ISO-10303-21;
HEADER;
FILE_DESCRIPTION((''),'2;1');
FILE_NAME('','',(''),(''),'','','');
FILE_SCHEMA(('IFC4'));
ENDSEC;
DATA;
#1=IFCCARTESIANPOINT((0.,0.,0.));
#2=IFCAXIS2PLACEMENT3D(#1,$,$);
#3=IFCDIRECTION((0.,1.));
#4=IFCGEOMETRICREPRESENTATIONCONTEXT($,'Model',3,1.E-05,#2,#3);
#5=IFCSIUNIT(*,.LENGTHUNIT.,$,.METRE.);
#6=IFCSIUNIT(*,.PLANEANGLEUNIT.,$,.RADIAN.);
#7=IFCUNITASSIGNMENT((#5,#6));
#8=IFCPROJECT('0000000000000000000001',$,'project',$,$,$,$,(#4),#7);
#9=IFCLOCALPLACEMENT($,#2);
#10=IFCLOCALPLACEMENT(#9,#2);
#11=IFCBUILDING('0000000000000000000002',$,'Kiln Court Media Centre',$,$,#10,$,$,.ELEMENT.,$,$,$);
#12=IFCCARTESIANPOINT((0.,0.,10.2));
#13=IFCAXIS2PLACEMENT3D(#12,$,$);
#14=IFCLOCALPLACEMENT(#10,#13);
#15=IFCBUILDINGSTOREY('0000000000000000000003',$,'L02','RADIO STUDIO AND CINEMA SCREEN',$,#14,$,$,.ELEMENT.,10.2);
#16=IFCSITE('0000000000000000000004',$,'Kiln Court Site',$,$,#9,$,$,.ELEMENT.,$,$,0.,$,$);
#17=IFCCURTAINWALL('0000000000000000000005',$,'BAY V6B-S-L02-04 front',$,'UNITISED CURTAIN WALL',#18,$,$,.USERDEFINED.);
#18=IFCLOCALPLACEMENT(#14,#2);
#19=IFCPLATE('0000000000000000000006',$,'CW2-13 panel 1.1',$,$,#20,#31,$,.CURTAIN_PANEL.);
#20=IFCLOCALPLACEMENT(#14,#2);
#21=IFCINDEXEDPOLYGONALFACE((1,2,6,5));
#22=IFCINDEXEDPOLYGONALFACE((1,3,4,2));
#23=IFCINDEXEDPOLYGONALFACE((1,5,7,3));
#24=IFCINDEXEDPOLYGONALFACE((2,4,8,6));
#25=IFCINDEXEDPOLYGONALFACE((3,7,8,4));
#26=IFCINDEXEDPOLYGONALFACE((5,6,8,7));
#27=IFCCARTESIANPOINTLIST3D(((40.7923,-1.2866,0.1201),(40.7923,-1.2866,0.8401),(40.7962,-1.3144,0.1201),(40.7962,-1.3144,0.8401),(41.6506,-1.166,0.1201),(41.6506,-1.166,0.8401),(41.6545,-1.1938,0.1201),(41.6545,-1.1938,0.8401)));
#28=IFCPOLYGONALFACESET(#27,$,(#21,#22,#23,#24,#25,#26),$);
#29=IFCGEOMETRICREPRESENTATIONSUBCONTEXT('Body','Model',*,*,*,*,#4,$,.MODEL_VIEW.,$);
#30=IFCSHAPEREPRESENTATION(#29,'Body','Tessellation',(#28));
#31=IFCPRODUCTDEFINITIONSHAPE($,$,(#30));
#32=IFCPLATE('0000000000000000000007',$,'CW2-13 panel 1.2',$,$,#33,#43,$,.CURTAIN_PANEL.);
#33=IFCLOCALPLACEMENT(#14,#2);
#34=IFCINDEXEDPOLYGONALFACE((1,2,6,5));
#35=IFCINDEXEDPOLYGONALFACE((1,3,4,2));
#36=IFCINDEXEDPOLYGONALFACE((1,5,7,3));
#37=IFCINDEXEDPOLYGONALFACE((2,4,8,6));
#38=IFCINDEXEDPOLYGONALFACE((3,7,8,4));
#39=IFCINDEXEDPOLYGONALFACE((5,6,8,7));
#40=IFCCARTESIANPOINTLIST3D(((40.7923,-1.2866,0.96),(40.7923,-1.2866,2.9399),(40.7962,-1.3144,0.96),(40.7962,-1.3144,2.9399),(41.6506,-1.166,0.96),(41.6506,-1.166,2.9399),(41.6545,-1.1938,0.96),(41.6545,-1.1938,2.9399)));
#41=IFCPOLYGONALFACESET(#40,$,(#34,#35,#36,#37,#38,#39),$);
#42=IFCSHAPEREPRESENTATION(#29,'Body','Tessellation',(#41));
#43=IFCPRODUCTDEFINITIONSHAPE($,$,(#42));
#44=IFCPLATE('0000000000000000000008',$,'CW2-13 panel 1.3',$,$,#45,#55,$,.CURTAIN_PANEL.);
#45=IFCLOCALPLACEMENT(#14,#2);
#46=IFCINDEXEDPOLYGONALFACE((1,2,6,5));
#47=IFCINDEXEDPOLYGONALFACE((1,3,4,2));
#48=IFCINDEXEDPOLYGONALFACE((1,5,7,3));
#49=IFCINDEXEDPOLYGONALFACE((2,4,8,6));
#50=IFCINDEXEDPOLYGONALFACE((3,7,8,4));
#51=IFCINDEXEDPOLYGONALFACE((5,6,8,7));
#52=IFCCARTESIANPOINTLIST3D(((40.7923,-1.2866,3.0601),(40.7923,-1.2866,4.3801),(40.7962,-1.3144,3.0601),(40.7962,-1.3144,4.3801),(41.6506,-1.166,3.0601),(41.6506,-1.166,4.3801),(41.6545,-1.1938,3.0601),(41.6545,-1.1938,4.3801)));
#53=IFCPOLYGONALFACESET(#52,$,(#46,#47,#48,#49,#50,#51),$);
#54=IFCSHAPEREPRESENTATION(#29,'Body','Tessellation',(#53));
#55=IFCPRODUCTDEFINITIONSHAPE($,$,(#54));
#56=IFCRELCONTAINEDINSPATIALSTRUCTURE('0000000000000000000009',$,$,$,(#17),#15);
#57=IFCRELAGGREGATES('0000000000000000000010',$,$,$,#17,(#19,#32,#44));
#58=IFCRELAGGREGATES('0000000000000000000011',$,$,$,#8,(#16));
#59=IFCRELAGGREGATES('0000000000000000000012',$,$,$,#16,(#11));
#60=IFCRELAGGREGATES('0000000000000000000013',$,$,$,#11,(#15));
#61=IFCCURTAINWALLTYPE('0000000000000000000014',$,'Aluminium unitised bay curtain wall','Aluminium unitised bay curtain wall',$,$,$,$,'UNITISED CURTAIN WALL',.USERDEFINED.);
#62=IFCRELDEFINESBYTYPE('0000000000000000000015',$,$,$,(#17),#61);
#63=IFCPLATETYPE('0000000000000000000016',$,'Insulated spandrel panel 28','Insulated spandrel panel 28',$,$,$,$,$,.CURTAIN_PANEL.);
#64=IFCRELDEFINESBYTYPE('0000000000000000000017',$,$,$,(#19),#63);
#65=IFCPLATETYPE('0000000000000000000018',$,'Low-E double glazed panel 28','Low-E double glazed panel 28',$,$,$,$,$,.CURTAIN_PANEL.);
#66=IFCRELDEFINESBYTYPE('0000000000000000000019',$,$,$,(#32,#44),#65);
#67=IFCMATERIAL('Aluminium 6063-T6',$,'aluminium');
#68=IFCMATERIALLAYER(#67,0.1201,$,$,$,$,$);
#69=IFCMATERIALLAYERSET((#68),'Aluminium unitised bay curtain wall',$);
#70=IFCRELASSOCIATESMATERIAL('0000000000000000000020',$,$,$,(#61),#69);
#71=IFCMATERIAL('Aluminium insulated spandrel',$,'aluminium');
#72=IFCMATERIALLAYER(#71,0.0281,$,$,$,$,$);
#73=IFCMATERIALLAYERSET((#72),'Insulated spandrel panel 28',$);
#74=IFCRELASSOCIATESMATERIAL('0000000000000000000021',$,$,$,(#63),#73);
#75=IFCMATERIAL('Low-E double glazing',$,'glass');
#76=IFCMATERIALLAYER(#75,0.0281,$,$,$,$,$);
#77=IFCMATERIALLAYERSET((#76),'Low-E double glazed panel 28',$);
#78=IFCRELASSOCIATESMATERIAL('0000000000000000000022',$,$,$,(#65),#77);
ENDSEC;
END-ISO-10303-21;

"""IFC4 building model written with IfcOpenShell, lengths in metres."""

from ifc_helpers import new_model, si_unit, direction, frame, origin, origin_2d, place, context, subcontext, project, spatial, rectangle, extrude, material, layer, layer_set, type_object, element, aggregate, save


model = new_model("IFC4")

# Units and contexts
model_context = context("Model", 3, precision=1e-05, world=origin(), true_north=direction((0.0, 1.0)))
body_context = subcontext(model_context, "Body", "Model", "MODEL_VIEW")
ifc_project = project(units=[si_unit("LENGTHUNIT", "METRE"), si_unit("PLANEANGLEUNIT", "RADIAN")], contexts=[model_context])

# Site, building, storey
site_placement = place(None, origin())
site = spatial("IfcSite", under=ifc_project, at=site_placement, Name="Kiln Court Site", CompositionType="ELEMENT", RefElevation=0.0)
building_placement = place(site_placement, origin())
building = spatial("IfcBuilding", under=site, at=building_placement, Name="Kiln Court Media Centre", CompositionType="ELEMENT")
storey_placement = place(building_placement, frame((0.0, 0.0, 10.2)))
storey = spatial("IfcBuildingStorey", under=building, at=storey_placement, Name="L02", Description="RADIO STUDIO AND CINEMA SCREEN", CompositionType="ELEMENT", Elevation=10.2)

# Curtain wall
ifc_material_1 = material(Name="Aluminium 6063-T6", Category="aluminium")
ifc_layer_1 = layer(ifc_material_1, 0.1201)
ifc_layer_set_1 = layer_set([ifc_layer_1], Name="Aluminium unitised bay curtain wall")
curtain_wall_type = type_object("IfcCurtainWallType", Name="Aluminium unitised bay curtain wall", Description="Aluminium unitised bay curtain wall", ElementType="UNITISED CURTAIN WALL", PredefinedType="USERDEFINED", material=ifc_layer_set_1)
curtain_wall_placement = place(storey_placement, origin())
curtain_wall = element("IfcCurtainWall", 1, at=curtain_wall_placement, inside=storey, type_object=curtain_wall_type, Name="BAY V6B-S-L02-04 front", ObjectType="UNITISED CURTAIN WALL", PredefinedType="USERDEFINED")

# Plates
ifc_material_2 = material(Name="Aluminium insulated spandrel", Category="aluminium")
ifc_layer_2 = layer(ifc_material_2, 0.0281)
ifc_layer_set_2 = layer_set([ifc_layer_2], Name="Insulated spandrel panel 28")
plate_type_1 = type_object("IfcPlateType", Name="Insulated spandrel panel 28", Description="Insulated spandrel panel 28", PredefinedType="CURTAIN_PANEL", material=ifc_layer_set_2)
plate_1_placement = place(storey_placement, frame((41.2234, -1.2402, 0.1201), z_axis=(0.0, 0.0, 1.0), x_axis=(0.99027, 0.139162, 0.0)))
plate_1 = element("IfcPlate", 2, at=plate_1_placement, type_object=plate_type_1, Name="CW2-13 panel 1.1", PredefinedType="CURTAIN_PANEL", context=body_context, shape_type="SweptSolid", body=[
    extrude(rectangle(XDim=0.8667, YDim=0.0281, at=origin_2d()), origin(), (0.0, 0.0, 1.0), 0.72),
])
ifc_material_3 = material(Name="Low-E double glazing", Category="glass")
ifc_layer_3 = layer(ifc_material_3, 0.0281)
ifc_layer_set_3 = layer_set([ifc_layer_3], Name="Low-E double glazed panel 28")
plate_type_2 = type_object("IfcPlateType", Name="Low-E double glazed panel 28", Description="Low-E double glazed panel 28", PredefinedType="CURTAIN_PANEL", material=ifc_layer_set_3)
plate_2_placement = place(storey_placement, frame((41.2234, -1.2402, 0.96), z_axis=(0.0, 0.0, 1.0), x_axis=(0.99027, 0.139162, 0.0)))
plate_2 = element("IfcPlate", 3, at=plate_2_placement, type_object=plate_type_2, Name="CW2-13 panel 1.2", PredefinedType="CURTAIN_PANEL", context=body_context, shape_type="SweptSolid", body=[
    extrude(rectangle(XDim=0.8667, YDim=0.0281, at=origin_2d()), origin(), (0.0, 0.0, 1.0), 1.98),
])
plate_3_placement = place(storey_placement, frame((41.2234, -1.2402, 3.0601), z_axis=(0.0, 0.0, 1.0), x_axis=(0.99027, 0.139162, 0.0)))
plate_3 = element("IfcPlate", 4, at=plate_3_placement, type_object=plate_type_2, Name="CW2-13 panel 1.3", PredefinedType="CURTAIN_PANEL", context=body_context, shape_type="SweptSolid", body=[
    extrude(rectangle(XDim=0.8667, YDim=0.0281, at=origin_2d()), origin(), (0.0, 0.0, 1.0), 1.3201),
])
aggregate(curtain_wall, [plate_1, plate_2, plate_3])

save(model, "model.ifc")
